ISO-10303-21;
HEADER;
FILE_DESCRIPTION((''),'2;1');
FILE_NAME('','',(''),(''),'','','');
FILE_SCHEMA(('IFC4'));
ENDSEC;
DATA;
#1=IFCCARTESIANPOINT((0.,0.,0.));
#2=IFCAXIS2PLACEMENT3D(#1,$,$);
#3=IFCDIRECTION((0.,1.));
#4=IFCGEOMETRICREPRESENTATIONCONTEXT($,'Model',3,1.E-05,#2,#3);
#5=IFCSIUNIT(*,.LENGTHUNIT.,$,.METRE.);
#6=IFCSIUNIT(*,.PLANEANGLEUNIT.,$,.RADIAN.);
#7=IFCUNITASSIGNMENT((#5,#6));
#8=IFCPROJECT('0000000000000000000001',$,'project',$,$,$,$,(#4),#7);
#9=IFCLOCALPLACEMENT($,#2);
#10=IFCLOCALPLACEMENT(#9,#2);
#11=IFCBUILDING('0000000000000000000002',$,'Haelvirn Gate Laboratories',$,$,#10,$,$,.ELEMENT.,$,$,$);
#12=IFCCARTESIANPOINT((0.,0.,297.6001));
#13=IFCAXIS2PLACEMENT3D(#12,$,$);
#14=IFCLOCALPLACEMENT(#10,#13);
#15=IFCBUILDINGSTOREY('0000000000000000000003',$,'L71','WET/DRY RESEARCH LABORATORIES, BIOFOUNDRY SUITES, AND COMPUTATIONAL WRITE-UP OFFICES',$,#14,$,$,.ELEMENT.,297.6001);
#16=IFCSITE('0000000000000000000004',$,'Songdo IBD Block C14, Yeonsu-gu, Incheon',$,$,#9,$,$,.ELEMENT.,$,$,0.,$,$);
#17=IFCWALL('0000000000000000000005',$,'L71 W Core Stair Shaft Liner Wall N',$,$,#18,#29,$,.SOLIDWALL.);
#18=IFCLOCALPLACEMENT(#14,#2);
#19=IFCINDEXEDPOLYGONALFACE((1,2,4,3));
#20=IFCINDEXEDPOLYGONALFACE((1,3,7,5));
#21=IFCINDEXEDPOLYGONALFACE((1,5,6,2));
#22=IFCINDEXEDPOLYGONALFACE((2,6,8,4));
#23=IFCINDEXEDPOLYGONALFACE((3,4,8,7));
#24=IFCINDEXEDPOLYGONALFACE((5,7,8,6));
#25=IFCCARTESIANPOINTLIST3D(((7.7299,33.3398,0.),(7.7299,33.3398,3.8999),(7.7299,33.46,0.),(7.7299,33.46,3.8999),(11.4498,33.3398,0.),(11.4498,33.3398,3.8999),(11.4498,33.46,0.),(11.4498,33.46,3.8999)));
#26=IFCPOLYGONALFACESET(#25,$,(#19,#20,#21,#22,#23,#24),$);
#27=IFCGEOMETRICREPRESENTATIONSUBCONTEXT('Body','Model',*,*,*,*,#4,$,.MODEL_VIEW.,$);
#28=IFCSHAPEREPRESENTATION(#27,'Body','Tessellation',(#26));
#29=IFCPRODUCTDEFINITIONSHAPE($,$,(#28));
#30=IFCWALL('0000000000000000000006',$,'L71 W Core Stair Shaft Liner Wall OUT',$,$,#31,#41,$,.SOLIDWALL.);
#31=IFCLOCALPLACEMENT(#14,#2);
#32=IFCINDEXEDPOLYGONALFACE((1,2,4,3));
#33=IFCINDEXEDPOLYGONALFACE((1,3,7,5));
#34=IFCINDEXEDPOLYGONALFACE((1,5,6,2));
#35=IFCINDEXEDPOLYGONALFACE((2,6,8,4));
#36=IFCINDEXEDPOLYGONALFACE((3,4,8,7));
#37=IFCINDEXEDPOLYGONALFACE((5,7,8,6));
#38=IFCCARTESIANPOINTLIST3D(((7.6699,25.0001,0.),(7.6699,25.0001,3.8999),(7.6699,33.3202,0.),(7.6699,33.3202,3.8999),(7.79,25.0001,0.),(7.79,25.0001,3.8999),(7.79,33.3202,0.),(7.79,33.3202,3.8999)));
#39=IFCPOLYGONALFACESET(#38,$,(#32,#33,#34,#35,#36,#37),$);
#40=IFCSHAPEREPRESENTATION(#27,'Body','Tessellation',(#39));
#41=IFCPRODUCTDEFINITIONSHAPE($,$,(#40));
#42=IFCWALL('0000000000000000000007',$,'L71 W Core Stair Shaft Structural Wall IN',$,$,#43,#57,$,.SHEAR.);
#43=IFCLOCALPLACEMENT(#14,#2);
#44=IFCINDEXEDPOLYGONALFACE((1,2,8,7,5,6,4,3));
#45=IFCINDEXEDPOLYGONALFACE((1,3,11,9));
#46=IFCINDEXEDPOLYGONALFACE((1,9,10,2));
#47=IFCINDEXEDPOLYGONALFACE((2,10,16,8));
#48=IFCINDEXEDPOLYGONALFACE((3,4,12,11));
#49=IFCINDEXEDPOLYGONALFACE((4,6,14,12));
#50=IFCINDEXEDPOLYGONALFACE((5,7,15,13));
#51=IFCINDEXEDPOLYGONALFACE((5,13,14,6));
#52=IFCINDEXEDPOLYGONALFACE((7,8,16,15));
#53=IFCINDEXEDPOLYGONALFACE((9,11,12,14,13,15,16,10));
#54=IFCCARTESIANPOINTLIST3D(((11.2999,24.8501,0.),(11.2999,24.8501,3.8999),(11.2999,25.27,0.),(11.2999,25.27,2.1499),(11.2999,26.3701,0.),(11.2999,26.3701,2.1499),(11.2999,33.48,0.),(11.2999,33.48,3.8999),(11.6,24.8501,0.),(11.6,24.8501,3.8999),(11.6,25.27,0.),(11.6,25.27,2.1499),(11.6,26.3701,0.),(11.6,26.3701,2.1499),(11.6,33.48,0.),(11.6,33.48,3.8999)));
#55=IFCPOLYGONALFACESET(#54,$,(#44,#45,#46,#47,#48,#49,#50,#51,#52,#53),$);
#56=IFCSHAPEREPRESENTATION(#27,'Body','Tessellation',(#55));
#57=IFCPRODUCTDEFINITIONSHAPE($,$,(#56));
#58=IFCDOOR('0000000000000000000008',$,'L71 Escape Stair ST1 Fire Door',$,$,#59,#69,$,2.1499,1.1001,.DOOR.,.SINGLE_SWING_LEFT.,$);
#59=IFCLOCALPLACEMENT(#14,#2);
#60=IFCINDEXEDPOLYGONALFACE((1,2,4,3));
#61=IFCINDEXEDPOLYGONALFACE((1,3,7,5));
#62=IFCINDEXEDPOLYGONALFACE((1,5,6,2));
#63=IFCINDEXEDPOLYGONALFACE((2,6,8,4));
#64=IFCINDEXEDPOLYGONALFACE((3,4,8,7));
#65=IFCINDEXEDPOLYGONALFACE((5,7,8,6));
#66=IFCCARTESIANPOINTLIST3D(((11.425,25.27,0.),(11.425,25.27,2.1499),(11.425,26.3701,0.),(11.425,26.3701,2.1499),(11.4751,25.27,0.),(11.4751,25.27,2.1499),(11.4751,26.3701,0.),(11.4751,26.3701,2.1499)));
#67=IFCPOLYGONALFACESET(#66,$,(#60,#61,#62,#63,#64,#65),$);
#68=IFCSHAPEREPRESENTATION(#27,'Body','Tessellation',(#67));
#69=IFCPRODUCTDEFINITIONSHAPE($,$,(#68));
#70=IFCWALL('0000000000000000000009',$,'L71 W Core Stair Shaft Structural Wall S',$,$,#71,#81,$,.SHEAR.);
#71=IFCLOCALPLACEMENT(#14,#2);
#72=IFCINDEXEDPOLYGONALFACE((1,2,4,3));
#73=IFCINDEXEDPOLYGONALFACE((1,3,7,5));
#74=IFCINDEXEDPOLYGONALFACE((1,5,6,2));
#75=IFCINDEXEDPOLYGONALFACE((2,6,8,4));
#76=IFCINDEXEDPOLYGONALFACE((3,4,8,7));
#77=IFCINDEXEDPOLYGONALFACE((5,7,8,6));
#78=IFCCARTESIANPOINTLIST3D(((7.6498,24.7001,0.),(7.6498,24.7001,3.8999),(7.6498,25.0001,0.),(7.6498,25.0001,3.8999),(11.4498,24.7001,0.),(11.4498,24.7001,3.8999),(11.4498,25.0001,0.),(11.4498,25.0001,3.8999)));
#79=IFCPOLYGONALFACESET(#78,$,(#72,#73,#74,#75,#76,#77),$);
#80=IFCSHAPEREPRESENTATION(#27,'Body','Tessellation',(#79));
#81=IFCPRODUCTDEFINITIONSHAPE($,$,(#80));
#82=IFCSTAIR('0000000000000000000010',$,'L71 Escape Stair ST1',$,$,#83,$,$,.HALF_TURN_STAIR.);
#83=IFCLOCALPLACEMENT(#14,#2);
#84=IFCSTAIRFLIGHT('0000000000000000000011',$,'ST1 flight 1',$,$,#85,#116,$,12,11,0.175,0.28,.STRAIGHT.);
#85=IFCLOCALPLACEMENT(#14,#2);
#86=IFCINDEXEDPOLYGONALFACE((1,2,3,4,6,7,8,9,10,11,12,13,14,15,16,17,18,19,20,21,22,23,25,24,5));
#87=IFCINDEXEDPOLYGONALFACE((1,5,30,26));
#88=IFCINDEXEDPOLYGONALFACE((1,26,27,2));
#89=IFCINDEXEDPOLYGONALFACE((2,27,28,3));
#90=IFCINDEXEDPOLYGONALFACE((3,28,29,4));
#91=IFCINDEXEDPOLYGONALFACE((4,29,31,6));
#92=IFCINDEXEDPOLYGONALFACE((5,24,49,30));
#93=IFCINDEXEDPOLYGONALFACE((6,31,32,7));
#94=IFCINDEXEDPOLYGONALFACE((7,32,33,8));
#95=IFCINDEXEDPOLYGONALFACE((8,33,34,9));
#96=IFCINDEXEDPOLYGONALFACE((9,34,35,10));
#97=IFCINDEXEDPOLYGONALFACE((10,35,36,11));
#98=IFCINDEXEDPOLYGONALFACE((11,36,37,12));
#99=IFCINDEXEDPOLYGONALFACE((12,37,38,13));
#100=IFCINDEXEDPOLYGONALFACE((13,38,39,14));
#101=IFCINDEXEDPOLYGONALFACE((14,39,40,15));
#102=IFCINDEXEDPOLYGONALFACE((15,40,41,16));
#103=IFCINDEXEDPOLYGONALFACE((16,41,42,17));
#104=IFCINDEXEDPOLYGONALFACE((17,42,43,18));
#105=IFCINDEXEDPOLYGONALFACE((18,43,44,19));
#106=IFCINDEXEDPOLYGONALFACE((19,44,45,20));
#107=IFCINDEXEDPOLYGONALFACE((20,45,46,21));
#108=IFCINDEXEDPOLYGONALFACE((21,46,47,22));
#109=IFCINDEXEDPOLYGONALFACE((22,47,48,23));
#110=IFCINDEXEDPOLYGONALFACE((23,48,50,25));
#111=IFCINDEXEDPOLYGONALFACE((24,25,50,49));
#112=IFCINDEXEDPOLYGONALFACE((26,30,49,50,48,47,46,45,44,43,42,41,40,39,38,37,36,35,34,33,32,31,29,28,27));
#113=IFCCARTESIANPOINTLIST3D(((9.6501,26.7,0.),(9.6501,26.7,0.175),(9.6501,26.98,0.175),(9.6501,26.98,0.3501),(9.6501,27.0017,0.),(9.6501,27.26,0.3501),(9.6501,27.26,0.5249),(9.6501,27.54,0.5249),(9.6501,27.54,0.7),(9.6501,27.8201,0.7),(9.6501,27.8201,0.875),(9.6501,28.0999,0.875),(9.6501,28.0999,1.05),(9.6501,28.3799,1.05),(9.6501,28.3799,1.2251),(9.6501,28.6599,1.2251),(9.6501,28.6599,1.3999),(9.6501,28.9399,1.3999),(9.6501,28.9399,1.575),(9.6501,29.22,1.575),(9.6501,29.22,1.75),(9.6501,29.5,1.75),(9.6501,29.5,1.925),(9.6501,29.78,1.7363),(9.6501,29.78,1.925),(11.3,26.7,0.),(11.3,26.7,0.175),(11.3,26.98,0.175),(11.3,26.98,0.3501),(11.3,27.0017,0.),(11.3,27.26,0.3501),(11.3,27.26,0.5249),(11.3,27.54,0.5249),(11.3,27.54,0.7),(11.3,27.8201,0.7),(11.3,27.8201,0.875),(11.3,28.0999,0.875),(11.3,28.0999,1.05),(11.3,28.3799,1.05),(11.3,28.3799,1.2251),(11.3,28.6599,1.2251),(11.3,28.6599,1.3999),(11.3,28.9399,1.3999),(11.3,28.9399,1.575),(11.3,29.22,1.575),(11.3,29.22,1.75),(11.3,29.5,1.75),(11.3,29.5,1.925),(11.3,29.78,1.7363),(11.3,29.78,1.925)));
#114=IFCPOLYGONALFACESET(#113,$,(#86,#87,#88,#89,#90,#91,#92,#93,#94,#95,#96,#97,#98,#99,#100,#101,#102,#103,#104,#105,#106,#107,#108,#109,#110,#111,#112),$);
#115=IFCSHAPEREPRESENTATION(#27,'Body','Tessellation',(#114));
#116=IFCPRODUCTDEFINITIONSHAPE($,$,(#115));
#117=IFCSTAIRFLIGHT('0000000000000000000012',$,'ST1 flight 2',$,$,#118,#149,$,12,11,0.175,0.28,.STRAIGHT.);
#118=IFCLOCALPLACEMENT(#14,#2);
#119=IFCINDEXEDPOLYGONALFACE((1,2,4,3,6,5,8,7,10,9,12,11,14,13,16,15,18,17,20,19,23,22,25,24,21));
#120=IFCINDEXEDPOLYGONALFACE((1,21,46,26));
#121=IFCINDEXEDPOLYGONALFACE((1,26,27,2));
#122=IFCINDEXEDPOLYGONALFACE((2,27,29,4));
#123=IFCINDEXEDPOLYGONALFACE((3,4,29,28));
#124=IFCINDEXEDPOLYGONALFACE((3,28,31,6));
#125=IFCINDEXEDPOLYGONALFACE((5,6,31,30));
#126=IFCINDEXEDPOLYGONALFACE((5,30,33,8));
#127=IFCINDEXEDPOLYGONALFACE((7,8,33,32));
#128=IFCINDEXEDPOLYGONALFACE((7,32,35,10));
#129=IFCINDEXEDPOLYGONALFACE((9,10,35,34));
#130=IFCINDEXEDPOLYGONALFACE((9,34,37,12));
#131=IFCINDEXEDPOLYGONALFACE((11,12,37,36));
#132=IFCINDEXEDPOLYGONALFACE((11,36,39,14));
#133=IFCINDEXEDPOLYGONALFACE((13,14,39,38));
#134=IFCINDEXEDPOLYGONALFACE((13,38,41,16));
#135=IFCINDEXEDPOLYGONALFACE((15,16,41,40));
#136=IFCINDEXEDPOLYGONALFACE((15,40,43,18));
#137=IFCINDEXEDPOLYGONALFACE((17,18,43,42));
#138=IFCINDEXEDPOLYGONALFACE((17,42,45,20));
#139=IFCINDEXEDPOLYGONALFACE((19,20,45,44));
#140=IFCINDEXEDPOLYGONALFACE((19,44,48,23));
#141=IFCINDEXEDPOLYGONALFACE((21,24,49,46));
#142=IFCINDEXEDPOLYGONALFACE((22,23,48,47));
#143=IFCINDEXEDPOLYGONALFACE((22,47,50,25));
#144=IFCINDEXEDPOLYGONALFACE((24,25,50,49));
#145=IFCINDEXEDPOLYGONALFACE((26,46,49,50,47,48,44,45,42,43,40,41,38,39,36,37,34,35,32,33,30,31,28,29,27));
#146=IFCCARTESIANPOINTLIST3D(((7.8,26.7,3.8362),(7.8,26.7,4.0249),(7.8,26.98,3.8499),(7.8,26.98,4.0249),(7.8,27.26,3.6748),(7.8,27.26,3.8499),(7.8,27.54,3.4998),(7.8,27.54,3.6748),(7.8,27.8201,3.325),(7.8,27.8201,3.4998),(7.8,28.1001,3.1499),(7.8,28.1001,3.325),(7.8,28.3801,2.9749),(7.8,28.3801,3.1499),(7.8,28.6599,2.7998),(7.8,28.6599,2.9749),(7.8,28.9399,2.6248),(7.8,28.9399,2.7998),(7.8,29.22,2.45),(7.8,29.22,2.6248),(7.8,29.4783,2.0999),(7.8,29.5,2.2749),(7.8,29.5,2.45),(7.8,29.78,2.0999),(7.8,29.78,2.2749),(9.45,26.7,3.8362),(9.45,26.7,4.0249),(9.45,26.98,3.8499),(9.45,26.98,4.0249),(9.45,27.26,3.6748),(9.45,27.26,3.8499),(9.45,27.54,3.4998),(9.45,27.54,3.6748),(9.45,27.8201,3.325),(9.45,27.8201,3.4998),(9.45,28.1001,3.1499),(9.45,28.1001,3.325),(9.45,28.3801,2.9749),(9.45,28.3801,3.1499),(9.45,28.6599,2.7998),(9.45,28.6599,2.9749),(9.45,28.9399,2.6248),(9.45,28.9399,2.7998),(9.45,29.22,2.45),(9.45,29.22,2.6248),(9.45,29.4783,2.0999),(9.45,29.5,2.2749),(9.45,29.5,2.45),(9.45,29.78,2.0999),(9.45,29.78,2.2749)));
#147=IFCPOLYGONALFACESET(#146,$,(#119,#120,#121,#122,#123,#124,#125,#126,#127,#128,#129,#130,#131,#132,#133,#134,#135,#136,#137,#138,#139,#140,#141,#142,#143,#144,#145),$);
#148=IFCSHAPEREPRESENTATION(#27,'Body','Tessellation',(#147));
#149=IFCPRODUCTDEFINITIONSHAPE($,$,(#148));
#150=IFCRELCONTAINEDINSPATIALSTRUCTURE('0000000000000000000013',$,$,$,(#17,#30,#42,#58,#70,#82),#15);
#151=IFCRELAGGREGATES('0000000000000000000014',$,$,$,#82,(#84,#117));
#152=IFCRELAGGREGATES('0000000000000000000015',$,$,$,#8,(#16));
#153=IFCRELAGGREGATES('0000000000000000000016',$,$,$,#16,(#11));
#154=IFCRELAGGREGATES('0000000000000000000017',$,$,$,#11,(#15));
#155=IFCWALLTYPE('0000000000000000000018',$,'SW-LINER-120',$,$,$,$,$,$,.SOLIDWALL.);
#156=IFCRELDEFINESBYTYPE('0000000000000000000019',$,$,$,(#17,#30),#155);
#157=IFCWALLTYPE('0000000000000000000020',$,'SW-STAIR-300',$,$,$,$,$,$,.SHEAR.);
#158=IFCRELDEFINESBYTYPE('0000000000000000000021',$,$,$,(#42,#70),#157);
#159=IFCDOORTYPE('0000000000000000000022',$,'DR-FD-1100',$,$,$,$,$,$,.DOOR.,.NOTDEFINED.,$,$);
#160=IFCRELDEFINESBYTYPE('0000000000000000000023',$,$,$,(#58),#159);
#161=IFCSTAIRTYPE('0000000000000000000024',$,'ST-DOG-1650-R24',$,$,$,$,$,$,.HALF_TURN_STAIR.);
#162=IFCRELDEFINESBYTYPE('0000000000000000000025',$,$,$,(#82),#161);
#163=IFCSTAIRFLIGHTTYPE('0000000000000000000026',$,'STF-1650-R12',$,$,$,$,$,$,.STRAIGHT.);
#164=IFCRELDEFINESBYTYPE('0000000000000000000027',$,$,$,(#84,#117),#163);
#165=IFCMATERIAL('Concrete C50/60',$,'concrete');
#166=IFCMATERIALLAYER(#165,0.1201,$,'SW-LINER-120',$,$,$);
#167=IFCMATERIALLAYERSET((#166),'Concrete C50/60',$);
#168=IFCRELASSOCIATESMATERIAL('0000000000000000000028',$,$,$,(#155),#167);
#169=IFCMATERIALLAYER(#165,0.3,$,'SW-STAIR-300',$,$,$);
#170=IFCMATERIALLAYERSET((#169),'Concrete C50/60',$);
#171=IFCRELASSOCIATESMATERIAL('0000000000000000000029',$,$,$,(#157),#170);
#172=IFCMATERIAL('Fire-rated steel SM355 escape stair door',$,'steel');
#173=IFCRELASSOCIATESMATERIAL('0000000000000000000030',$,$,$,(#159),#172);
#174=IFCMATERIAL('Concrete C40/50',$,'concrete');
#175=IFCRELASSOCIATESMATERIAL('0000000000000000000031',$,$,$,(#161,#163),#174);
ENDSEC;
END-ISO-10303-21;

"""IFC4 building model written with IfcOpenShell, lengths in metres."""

from ifc_helpers import new_model, si_unit, direction, frame, frame_2d, origin, place, context, subcontext, project, spatial, polyline, rectangle, outline, extrude, source, transform, mapped, material, layer, layer_set, type_object, type_shapes, element, fill, aggregate, save


model = new_model("IFC4")

# Units and contexts
model_context = context("Model", 3, precision=1e-05, world=origin(), true_north=direction((0.0, 1.0)))
body_context = subcontext(model_context, "Body", "Model", "MODEL_VIEW")
ifc_project = project(units=[si_unit("LENGTHUNIT", "METRE"), si_unit("PLANEANGLEUNIT", "RADIAN")], contexts=[model_context])

# Site, building, storey
site_placement = place(None, origin())
site = spatial("IfcSite", under=ifc_project, at=site_placement, Name="Songdo IBD Block C14, Yeonsu-gu, Incheon", CompositionType="ELEMENT", RefElevation=0.0)
building_placement = place(site_placement, origin())
building = spatial("IfcBuilding", under=site, at=building_placement, Name="Haelvirn Gate Laboratories", CompositionType="ELEMENT")
storey_placement = place(building_placement, frame((0.0, 0.0, 297.6001)))
storey = spatial("IfcBuildingStorey", under=building, at=storey_placement, Name="L71", Description="WET/DRY RESEARCH LABORATORIES, BIOFOUNDRY SUITES, AND COMPUTATIONAL WRITE-UP OFFICES", CompositionType="ELEMENT", Elevation=297.6001)

# Shared definitions
ifc_material_1 = material(Name="Concrete C50/60", Category="concrete")

# Shared definitions
ifc_material_2 = material(Name="Concrete C40/50", Category="concrete")

# Walls
ifc_layer_1 = layer(ifc_material_1, 0.1201, Name="SW-LINER-120")
ifc_layer_set_1 = layer_set([ifc_layer_1], Name="Concrete C50/60")
wall_type_1 = type_object("IfcWallType", Name="SW-LINER-120", PredefinedType="SOLIDWALL", material=ifc_layer_set_1)
wall_1_placement = place(storey_placement, frame((7.73, 33.3999, 0.0), z_axis=(0.0, 0.0, 1.0), x_axis=(1.0, 0.0, 0.0)))
element("IfcWall", 1, at=wall_1_placement, inside=storey, type_object=wall_type_1, Name="L71 W Core Stair Shaft Liner Wall N", PredefinedType="SOLIDWALL", context=body_context, shape_type="SweptSolid", body=[
    extrude(rectangle(XDim=3.72, YDim=0.1201, at=frame_2d((1.8599, 0.0))), origin(), (0.0, 0.0, 1.0), 3.8999),
])
wall_2_placement = place(storey_placement, frame((7.73, 25.0, 0.0), z_axis=(0.0, 0.0, 1.0), x_axis=(0.0, 1.0, 0.0)))
element("IfcWall", 2, at=wall_2_placement, inside=storey, type_object=wall_type_1, Name="L71 W Core Stair Shaft Liner Wall OUT", PredefinedType="SOLIDWALL", context=body_context, shape_type="SweptSolid", body=[
    extrude(rectangle(XDim=8.3201, YDim=0.1201, at=frame_2d((4.1602, 0.0))), origin(), (0.0, 0.0, 1.0), 3.8999),
])

# Wall, opening, door
ifc_layer_2 = layer(ifc_material_1, 0.3, Name="SW-STAIR-300")
ifc_layer_set_2 = layer_set([ifc_layer_2], Name="Concrete C50/60")
wall_type_2 = type_object("IfcWallType", Name="SW-STAIR-300", PredefinedType="SHEAR", material=ifc_layer_set_2)
wall_3_placement = place(storey_placement, frame((11.45, 24.8501, 0.0), z_axis=(0.0, 0.0, 1.0), x_axis=(0.0, 1.0, 0.0)))
wall_3 = element("IfcWall", 3, at=wall_3_placement, inside=storey, type_object=wall_type_2, Name="L71 W Core Stair Shaft Structural Wall IN", PredefinedType="SHEAR", context=body_context, shape_type="SweptSolid", body=[
    extrude(rectangle(XDim=8.6299, YDim=0.3, at=frame_2d((4.3149, 0.0))), origin(), (0.0, 0.0, 1.0), 3.8999),
])
opening_1_placement = place(wall_3_placement, frame((0.4199, 0.0, 0.0)))
opening_1 = element("IfcOpeningElement", 4, at=opening_1_placement, cuts=wall_3, PredefinedType="OPENING", context=body_context, shape_type="SweptSolid", body=[
    extrude(rectangle(XDim=1.1001, YDim=2.1499, at=frame_2d((0.55, 1.075))), frame((0.0, 0.1602, 0.0), z_axis=(0.0, -1.0, 0.0), x_axis=(1.0, 0.0, 0.0)), (0.0, 0.0, 1.0), 0.3201),
])
ifc_material_3 = material(Name="Fire-rated steel SM355 escape stair door", Category="steel")
door_type_1 = type_object("IfcDoorType", Name="DR-FD-1100", OperationType="NOTDEFINED", PredefinedType="DOOR", material=ifc_material_3)
shared_shape_1 = source(origin(), body_context, "Body", "SweptSolid", [
    extrude(rectangle(XDim=1.1001, YDim=2.1499, at=frame_2d((0.55, 1.075))), frame((0.0, 0.0249, 0.0), z_axis=(0.0, -1.0, 0.0), x_axis=(1.0, 0.0, 0.0)), (0.0, 0.0, 1.0), 0.05),
])
type_shapes(door_type_1, [shared_shape_1])
door_1_placement = place(opening_1_placement, origin())
door_1 = element("IfcDoor", 5, at=door_1_placement, inside=storey, type_object=door_type_1, Name="L71 Escape Stair ST1 Fire Door", OperationType="SINGLE_SWING_LEFT", OverallHeight=2.1499, OverallWidth=1.1001, PredefinedType="DOOR", context=body_context, shape_type="MappedRepresentation", body=[
    mapped(shared_shape_1, transform((0.0, 0.0, 0.0), scale=1.0)),
])
fill(opening_1, door_1)

# Wall
wall_4_placement = place(storey_placement, frame((7.6499, 24.8501, 0.0), z_axis=(0.0, 0.0, 1.0), x_axis=(1.0, 0.0, 0.0)))
element("IfcWall", 6, at=wall_4_placement, inside=storey, type_object=wall_type_2, Name="L71 W Core Stair Shaft Structural Wall S", PredefinedType="SHEAR", context=body_context, shape_type="SweptSolid", body=[
    extrude(rectangle(XDim=3.8, YDim=0.3, at=frame_2d((1.8999, 0.0))), origin(), (0.0, 0.0, 1.0), 3.8999),
])

# Stair, stair flights
stair_type = type_object("IfcStairType", Name="ST-DOG-1650-R24", PredefinedType="HALF_TURN_STAIR", material=ifc_material_2)
stair_placement = place(storey_placement, origin())
stair = element("IfcStair", 7, at=stair_placement, inside=storey, type_object=stair_type, Name="L71 Escape Stair ST1", PredefinedType="HALF_TURN_STAIR")
stair_flight_type = type_object("IfcStairFlightType", Name="STF-1650-R12", PredefinedType="STRAIGHT", material=ifc_material_2)
shared_shape_2 = source(origin(), body_context, "Body", "SweptSolid", [
    extrude(outline(polyline([(0.0, 0.0), (0.0, 0.175), (0.28, 0.175), (0.28, 0.3501), (0.5601, 0.3501), (0.5601, 0.5249), (0.8401, 0.5249), (0.8401, 0.7), (1.1201, 0.7), (1.1201, 0.875), (1.3999, 0.875), (1.3999, 1.05), (1.6799, 1.05), (1.6799, 1.2251), (1.96, 1.2251), (1.96, 1.3999), (2.24, 1.3999), (2.24, 1.575), (2.52, 1.575), (2.52, 1.75), (2.8, 1.75), (2.8, 1.925), (3.0801, 1.925), (3.0801, 2.1001), (3.0801, 1.7363), (0.3018, 0.0), (0.0, 0.0)])), frame((0.0, 0.825, 0.0), z_axis=(0.0, -1.0, 0.0), x_axis=(1.0, 0.0, 0.0)), (0.0, 0.0, 1.0), 1.6499),
])
type_shapes(stair_flight_type, [shared_shape_2])
stair_flight_1_placement = place(storey_placement, frame((10.4751, 26.7, 0.0), z_axis=(0.0, 0.0, 1.0), x_axis=(0.0, 1.0, 0.0)))
stair_flight_1 = element("IfcStairFlight", 8, at=stair_flight_1_placement, type_object=stair_flight_type, Name="ST1 flight 1", NumberOfRisers=12, NumberOfTreads=11, PredefinedType="STRAIGHT", RiserHeight=0.175, TreadLength=0.28, context=body_context, shape_type="MappedRepresentation", body=[
    mapped(shared_shape_2, transform((0.0, 0.0, 0.0), scale=1.0)),
])
stair_flight_2_placement = place(storey_placement, frame((8.625, 29.78, 2.0999), z_axis=(0.0, 0.0, 1.0), x_axis=(0.0, -1.0, 0.0)))
stair_flight_2 = element("IfcStairFlight", 9, at=stair_flight_2_placement, type_object=stair_flight_type, Name="ST1 flight 2", NumberOfRisers=12, NumberOfTreads=11, PredefinedType="STRAIGHT", RiserHeight=0.175, TreadLength=0.28, context=body_context, shape_type="MappedRepresentation", body=[
    mapped(shared_shape_2, transform((0.0, 0.0, 0.0), scale=1.0)),
])
aggregate(stair, [stair_flight_1, stair_flight_2])

save(model, "model.ifc")
